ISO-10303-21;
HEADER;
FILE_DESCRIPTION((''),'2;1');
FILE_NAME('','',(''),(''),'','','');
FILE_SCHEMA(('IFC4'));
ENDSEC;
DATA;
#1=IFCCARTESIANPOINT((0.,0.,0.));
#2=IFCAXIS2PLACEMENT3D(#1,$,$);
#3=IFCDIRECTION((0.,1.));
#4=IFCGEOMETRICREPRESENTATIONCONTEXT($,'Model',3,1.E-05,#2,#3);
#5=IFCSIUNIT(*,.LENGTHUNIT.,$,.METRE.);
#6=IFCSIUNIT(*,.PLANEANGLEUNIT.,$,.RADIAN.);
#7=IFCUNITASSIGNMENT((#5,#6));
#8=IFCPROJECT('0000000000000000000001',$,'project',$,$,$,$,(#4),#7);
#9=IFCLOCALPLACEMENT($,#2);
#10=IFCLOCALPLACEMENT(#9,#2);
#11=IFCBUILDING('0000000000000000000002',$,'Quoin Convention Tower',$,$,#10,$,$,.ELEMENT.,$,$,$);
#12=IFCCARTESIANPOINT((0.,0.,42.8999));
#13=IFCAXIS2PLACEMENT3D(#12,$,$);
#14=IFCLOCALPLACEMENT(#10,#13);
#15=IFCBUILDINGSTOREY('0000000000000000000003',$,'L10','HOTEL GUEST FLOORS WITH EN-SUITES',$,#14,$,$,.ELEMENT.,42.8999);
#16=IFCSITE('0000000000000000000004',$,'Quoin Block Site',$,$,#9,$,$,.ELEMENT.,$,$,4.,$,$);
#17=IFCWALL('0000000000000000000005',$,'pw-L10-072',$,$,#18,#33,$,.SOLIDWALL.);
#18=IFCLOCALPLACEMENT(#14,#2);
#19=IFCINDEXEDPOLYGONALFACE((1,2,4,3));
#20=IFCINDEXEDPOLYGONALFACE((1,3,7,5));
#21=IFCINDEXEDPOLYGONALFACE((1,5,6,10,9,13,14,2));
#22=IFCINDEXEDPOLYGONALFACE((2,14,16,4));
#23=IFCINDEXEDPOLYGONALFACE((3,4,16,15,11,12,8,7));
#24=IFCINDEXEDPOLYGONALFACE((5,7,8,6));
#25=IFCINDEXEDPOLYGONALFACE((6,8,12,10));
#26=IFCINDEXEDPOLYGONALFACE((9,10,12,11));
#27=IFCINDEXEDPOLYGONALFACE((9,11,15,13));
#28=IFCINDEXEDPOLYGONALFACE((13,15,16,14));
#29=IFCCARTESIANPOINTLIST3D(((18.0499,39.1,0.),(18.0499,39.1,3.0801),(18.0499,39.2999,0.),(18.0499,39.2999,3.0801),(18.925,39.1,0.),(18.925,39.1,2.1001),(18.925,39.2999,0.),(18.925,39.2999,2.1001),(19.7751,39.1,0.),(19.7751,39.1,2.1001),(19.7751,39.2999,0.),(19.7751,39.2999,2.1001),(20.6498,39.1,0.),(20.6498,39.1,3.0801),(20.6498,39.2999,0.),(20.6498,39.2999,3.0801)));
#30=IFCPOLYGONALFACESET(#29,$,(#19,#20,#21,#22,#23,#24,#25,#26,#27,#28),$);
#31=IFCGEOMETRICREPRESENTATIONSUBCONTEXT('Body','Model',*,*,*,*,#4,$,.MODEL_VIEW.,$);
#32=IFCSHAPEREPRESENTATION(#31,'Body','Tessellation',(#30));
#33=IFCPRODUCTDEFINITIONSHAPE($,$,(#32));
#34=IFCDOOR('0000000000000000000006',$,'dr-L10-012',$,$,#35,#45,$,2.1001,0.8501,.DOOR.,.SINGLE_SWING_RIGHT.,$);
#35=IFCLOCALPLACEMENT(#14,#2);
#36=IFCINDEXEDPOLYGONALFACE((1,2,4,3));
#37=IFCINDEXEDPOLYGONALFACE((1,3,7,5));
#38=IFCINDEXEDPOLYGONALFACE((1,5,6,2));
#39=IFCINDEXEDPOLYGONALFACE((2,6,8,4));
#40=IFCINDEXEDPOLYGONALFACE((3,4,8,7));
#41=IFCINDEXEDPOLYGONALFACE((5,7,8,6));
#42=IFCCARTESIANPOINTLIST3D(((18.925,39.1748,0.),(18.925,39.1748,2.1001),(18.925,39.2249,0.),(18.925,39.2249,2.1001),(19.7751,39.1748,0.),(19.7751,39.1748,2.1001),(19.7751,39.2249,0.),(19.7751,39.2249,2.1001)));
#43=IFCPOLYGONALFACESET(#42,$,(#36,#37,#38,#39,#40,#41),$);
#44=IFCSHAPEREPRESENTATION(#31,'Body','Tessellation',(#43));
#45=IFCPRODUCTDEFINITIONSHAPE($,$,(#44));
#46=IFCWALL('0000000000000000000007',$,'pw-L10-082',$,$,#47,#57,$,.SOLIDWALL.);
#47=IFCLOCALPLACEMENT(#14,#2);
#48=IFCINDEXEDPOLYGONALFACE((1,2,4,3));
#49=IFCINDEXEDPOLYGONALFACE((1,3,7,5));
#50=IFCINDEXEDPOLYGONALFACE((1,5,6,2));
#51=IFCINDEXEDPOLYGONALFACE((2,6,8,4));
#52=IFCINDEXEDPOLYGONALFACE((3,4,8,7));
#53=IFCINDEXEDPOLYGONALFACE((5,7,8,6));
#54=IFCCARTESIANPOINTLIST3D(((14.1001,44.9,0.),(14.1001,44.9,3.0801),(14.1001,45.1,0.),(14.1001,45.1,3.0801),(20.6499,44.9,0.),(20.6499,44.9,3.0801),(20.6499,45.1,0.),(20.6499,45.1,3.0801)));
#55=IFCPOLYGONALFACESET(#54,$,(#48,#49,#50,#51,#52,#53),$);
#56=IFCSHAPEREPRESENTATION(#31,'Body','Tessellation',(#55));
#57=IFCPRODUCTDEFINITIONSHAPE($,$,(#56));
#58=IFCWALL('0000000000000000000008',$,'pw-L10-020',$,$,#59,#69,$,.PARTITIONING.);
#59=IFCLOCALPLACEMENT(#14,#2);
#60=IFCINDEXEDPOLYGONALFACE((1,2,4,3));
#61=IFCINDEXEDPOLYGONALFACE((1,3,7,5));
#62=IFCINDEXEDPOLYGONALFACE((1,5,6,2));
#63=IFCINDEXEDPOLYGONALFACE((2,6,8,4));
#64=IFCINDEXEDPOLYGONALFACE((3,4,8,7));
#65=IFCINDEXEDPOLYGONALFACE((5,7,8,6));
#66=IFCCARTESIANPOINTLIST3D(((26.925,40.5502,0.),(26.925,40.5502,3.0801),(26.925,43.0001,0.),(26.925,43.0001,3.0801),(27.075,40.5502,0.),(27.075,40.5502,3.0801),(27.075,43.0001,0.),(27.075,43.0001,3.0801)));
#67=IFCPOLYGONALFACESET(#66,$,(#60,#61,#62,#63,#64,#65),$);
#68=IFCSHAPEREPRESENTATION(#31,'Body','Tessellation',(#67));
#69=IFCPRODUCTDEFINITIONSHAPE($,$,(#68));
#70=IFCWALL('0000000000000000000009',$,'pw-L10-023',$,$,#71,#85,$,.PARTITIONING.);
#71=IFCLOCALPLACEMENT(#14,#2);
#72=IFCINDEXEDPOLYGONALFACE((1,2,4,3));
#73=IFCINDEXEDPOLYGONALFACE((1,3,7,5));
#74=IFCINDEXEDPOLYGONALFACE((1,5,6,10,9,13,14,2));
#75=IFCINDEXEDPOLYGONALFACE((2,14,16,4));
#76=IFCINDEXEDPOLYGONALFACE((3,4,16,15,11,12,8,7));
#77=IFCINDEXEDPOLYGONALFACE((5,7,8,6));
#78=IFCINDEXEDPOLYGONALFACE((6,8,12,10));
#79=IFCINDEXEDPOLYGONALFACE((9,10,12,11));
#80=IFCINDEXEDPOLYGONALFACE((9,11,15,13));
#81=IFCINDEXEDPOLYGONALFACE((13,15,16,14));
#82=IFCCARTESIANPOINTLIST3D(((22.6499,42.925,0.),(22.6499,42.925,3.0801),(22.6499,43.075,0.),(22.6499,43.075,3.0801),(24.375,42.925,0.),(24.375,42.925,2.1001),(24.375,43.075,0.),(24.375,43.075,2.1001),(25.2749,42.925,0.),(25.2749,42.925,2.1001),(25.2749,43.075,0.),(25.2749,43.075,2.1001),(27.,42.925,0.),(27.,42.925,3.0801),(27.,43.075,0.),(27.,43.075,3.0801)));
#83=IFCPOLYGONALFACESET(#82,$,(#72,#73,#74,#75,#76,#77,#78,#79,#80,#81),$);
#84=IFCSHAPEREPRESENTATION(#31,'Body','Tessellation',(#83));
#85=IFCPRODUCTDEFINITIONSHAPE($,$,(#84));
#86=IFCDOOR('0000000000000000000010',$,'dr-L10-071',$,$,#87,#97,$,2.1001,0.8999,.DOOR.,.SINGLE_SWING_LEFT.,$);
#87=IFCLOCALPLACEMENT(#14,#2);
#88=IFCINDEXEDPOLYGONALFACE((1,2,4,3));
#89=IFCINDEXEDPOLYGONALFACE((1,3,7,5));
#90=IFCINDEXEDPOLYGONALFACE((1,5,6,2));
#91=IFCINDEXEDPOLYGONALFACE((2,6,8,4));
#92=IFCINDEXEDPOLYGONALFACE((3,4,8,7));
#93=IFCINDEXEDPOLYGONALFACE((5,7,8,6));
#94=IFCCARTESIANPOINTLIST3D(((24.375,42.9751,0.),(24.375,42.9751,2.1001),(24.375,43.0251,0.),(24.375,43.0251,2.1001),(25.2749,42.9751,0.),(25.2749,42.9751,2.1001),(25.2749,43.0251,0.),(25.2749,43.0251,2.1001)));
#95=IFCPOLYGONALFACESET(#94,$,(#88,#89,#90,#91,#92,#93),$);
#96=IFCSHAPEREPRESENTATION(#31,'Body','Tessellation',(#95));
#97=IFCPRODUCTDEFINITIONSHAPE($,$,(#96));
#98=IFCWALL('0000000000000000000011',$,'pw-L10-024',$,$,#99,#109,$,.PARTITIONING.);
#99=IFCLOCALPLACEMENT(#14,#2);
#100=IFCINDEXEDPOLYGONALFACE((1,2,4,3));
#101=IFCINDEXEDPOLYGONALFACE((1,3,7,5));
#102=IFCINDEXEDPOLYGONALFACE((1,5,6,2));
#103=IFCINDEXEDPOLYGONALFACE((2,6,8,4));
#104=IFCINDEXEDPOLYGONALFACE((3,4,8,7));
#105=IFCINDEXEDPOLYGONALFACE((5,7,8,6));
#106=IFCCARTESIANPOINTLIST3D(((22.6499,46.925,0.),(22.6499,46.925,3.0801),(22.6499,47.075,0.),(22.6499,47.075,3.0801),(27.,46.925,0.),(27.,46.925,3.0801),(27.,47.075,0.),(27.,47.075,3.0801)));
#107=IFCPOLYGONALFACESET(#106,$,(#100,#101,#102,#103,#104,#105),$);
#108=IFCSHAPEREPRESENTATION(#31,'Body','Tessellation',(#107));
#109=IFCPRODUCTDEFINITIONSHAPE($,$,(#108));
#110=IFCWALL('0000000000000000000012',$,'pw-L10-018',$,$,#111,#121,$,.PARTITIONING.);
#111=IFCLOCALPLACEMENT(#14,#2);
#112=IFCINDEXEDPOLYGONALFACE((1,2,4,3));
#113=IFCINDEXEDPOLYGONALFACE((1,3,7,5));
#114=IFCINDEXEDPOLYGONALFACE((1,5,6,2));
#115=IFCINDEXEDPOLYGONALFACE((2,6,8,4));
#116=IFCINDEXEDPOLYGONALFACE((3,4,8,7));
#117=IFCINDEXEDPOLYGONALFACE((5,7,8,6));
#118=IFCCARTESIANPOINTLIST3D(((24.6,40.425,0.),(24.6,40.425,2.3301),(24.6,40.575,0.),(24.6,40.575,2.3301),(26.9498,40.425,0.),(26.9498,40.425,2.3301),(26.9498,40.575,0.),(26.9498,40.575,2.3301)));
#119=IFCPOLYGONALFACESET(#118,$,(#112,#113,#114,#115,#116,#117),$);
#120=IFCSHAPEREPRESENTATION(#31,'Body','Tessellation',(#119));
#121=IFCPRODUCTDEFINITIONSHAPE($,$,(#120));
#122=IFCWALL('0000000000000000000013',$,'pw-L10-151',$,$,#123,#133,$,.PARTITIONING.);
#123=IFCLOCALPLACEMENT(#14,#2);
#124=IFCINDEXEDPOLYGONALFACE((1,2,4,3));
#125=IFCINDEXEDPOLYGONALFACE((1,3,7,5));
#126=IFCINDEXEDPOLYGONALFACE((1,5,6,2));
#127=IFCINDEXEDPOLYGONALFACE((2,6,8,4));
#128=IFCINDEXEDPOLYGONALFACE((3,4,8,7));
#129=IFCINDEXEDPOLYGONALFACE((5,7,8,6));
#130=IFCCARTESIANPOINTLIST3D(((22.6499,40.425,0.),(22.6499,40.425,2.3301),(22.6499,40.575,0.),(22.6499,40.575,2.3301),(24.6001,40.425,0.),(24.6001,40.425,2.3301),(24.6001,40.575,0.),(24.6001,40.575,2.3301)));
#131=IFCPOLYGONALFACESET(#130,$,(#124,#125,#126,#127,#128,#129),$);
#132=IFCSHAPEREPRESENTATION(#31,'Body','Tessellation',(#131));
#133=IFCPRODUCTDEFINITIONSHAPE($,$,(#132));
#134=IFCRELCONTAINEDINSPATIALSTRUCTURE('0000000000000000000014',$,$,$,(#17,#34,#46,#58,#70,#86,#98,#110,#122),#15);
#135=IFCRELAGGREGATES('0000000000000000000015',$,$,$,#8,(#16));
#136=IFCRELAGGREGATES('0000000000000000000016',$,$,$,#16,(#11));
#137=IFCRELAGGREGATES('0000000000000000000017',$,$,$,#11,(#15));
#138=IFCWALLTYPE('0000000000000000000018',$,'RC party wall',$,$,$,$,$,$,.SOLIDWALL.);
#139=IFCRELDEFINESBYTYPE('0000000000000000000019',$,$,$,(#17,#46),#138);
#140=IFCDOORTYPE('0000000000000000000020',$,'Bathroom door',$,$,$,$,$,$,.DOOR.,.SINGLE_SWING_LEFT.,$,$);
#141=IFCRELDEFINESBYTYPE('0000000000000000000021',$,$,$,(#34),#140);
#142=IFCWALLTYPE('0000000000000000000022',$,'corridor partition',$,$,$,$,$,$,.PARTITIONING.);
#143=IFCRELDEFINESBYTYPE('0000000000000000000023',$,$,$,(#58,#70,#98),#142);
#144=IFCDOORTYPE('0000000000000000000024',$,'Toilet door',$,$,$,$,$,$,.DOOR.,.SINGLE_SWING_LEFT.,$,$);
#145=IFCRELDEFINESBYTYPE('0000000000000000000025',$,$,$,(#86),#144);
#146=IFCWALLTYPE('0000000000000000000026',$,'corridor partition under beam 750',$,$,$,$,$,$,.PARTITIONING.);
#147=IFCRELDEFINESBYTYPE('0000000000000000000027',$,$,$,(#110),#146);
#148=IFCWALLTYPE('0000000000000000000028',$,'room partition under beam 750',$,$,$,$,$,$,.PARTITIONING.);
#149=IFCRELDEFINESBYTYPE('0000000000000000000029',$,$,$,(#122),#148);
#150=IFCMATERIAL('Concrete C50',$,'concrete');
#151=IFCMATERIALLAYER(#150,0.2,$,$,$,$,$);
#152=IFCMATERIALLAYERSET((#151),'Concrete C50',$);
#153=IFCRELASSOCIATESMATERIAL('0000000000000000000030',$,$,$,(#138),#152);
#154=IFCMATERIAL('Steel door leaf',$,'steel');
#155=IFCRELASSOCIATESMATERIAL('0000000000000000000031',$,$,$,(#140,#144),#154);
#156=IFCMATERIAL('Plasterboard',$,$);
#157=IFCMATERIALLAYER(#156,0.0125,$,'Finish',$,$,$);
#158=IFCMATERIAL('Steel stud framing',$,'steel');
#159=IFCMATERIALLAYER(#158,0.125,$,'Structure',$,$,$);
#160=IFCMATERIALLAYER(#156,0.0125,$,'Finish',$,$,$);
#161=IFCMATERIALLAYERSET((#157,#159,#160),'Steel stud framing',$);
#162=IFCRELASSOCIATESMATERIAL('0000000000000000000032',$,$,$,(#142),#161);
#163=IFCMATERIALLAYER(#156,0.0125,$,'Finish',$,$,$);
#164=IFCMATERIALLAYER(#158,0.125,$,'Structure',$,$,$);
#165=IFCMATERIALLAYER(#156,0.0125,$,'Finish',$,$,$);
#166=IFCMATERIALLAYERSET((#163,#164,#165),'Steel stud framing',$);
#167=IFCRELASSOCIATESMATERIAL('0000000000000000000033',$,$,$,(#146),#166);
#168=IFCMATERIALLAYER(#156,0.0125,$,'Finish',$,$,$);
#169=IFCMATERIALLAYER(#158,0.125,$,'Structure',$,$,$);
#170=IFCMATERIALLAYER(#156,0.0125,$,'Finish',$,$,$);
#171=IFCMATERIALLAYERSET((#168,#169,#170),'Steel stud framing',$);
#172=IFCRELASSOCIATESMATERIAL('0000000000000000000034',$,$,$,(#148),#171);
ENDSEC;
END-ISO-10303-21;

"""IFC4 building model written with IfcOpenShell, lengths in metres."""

from ifc_helpers import new_model, si_unit, direction, frame, frame_2d, origin, place, context, subcontext, project, spatial, rectangle, extrude, material, layer, layer_set, type_object, element, fill, save


model = new_model("IFC4")

# Units and contexts
model_context = context("Model", 3, precision=1e-05, world=origin(), true_north=direction((0.0, 1.0)))
body_context = subcontext(model_context, "Body", "Model", "MODEL_VIEW")
ifc_project = project(units=[si_unit("LENGTHUNIT", "METRE"), si_unit("PLANEANGLEUNIT", "RADIAN")], contexts=[model_context])

# Site, building, storey
site_placement = place(None, origin())
site = spatial("IfcSite", under=ifc_project, at=site_placement, Name="Quoin Block Site", CompositionType="ELEMENT", RefElevation=4.0)
building_placement = place(site_placement, origin())
building = spatial("IfcBuilding", under=site, at=building_placement, Name="Quoin Convention Tower", CompositionType="ELEMENT")
storey_placement = place(building_placement, frame((0.0, 0.0, 42.8999)))
storey = spatial("IfcBuildingStorey", under=building, at=storey_placement, Name="L10", Description="HOTEL GUEST FLOORS WITH EN-SUITES", CompositionType="ELEMENT", Elevation=42.8999)

# Shared definitions
ifc_material_1 = material(Name="Steel door leaf", Category="steel")
ifc_material_2 = material(Name="Concrete C50", Category="concrete")
ifc_layer_1 = layer(ifc_material_2, 0.2)
ifc_layer_set_1 = layer_set([ifc_layer_1], Name="Concrete C50")
wall_type_1 = type_object("IfcWallType", Name="RC party wall", PredefinedType="SOLIDWALL", material=ifc_layer_set_1)
door_type_1 = type_object("IfcDoorType", Name="Bathroom door", OperationType="SINGLE_SWING_LEFT", PredefinedType="DOOR", material=ifc_material_1)

# Wall, opening, door
wall_1_placement = place(storey_placement, frame((18.05, 39.2, 0.0), z_axis=(0.0, 0.0, 1.0), x_axis=(1.0, 0.0, 0.0)))
wall_1 = element("IfcWall", 1, at=wall_1_placement, inside=storey, type_object=wall_type_1, Name="pw-L10-072", PredefinedType="SOLIDWALL", context=body_context, shape_type="SweptSolid", body=[
    extrude(rectangle(XDim=2.5999, YDim=0.2, at=frame_2d((1.2998, 0.0))), origin(), (0.0, 0.0, 1.0), 3.0801),
])
opening_1_placement = place(wall_1_placement, frame((0.875, 0.0, 0.0)))
opening_1 = element("IfcOpeningElement", 2, at=opening_1_placement, cuts=wall_1, PredefinedType="OPENING", context=body_context, shape_type="SweptSolid", body=[
    extrude(rectangle(XDim=0.8501, YDim=2.1001, at=frame_2d((0.425, 1.05))), frame((0.0, 0.1099, 0.0), z_axis=(0.0, -1.0, 0.0), x_axis=(1.0, 0.0, 0.0)), (0.0, 0.0, 1.0), 0.22),
])
door_1_placement = place(opening_1_placement, origin())
door_1 = element("IfcDoor", 3, at=door_1_placement, inside=storey, type_object=door_type_1, Name="dr-L10-012", OperationType="SINGLE_SWING_RIGHT", OverallHeight=2.1001, OverallWidth=0.8501, PredefinedType="DOOR", context=body_context, shape_type="SweptSolid", body=[
    extrude(rectangle(XDim=0.8501, YDim=2.1001, at=frame_2d((0.425, 1.05))), frame((0.0, 0.0249, 0.0), z_axis=(0.0, -1.0, 0.0), x_axis=(1.0, 0.0, 0.0)), (0.0, 0.0, 1.0), 0.05),
])
fill(opening_1, door_1)

# Walls
wall_2_placement = place(storey_placement, frame((14.1001, 45.0, 0.0), z_axis=(0.0, 0.0, 1.0), x_axis=(1.0, 0.0, 0.0)))
element("IfcWall", 4, at=wall_2_placement, inside=storey, type_object=wall_type_1, Name="pw-L10-082", PredefinedType="SOLIDWALL", context=body_context, shape_type="SweptSolid", body=[
    extrude(rectangle(XDim=6.5498, YDim=0.2, at=frame_2d((3.2749, 0.0))), origin(), (0.0, 0.0, 1.0), 3.0801),
])
ifc_material_3 = material(Name="Plasterboard")
ifc_layer_2 = layer(ifc_material_3, 0.0125, Name="Finish")
ifc_material_4 = material(Name="Steel stud framing", Category="steel")
ifc_layer_3 = layer(ifc_material_4, 0.125, Name="Structure")
ifc_layer_4 = layer(ifc_material_3, 0.0125, Name="Finish")
ifc_layer_set_2 = layer_set([ifc_layer_2, ifc_layer_3, ifc_layer_4], Name="Steel stud framing")
wall_type_2 = type_object("IfcWallType", Name="corridor partition", PredefinedType="PARTITIONING", material=ifc_layer_set_2)
wall_3_placement = place(storey_placement, frame((27.0, 40.55, 0.0), z_axis=(0.0, 0.0, 1.0), x_axis=(0.0, 1.0, 0.0)))
element("IfcWall", 5, at=wall_3_placement, inside=storey, type_object=wall_type_2, Name="pw-L10-020", PredefinedType="PARTITIONING", context=body_context, shape_type="SweptSolid", body=[
    extrude(rectangle(XDim=2.45, YDim=0.1499, at=frame_2d((1.2251, 0.0))), origin(), (0.0, 0.0, 1.0), 3.0801),
])

# Wall, opening, door
wall_4_placement = place(storey_placement, frame((22.6499, 43.0, 0.0), z_axis=(0.0, 0.0, 1.0), x_axis=(1.0, 0.0, 0.0)))
wall_4 = element("IfcWall", 6, at=wall_4_placement, inside=storey, type_object=wall_type_2, Name="pw-L10-023", PredefinedType="PARTITIONING", context=body_context, shape_type="SweptSolid", body=[
    extrude(rectangle(XDim=4.3501, YDim=0.1499, at=frame_2d((2.175, 0.0))), origin(), (0.0, 0.0, 1.0), 3.0801),
])
opening_2_placement = place(wall_4_placement, frame((1.7251, 0.0, 0.0)))
opening_2 = element("IfcOpeningElement", 7, at=opening_2_placement, cuts=wall_4, PredefinedType="OPENING", context=body_context, shape_type="SweptSolid", body=[
    extrude(rectangle(XDim=0.8999, YDim=2.1001, at=frame_2d((0.45, 1.05))), frame((0.0, 0.085, 0.0), z_axis=(0.0, -1.0, 0.0), x_axis=(1.0, 0.0, 0.0)), (0.0, 0.0, 1.0), 0.1699),
])
door_type_2 = type_object("IfcDoorType", Name="Toilet door", OperationType="SINGLE_SWING_LEFT", PredefinedType="DOOR", material=ifc_material_1)
door_2_placement = place(opening_2_placement, frame((0.8999, 0.0, 0.0), z_axis=(0.0, 0.0, 1.0), x_axis=(-1.0, 0.0, 0.0)))
door_2 = element("IfcDoor", 8, at=door_2_placement, inside=storey, type_object=door_type_2, Name="dr-L10-071", OperationType="SINGLE_SWING_LEFT", OverallHeight=2.1001, OverallWidth=0.8999, PredefinedType="DOOR", context=body_context, shape_type="SweptSolid", body=[
    extrude(rectangle(XDim=0.8999, YDim=2.1001, at=frame_2d((0.45, 1.05))), frame((0.0, 0.0249, 0.0), z_axis=(0.0, -1.0, 0.0), x_axis=(1.0, 0.0, 0.0)), (0.0, 0.0, 1.0), 0.05),
])
fill(opening_2, door_2)

# Walls
wall_5_placement = place(storey_placement, frame((22.6499, 47.0, 0.0), z_axis=(0.0, 0.0, 1.0), x_axis=(1.0, 0.0, 0.0)))
element("IfcWall", 9, at=wall_5_placement, inside=storey, type_object=wall_type_2, Name="pw-L10-024", PredefinedType="PARTITIONING", context=body_context, shape_type="SweptSolid", body=[
    extrude(rectangle(XDim=4.3501, YDim=0.1499, at=frame_2d((2.175, 0.0))), origin(), (0.0, 0.0, 1.0), 3.0801),
])
ifc_layer_5 = layer(ifc_material_3, 0.0125, Name="Finish")
ifc_layer_6 = layer(ifc_material_4, 0.125, Name="Structure")
ifc_layer_7 = layer(ifc_material_3, 0.0125, Name="Finish")
ifc_layer_set_3 = layer_set([ifc_layer_5, ifc_layer_6, ifc_layer_7], Name="Steel stud framing")
wall_type_3 = type_object("IfcWallType", Name="corridor partition under beam 750", PredefinedType="PARTITIONING", material=ifc_layer_set_3)
wall_6_placement = place(storey_placement, frame((24.6001, 40.5, 0.0), z_axis=(0.0, 0.0, 1.0), x_axis=(1.0, 0.0, 0.0)))
element("IfcWall", 10, at=wall_6_placement, inside=storey, type_object=wall_type_3, Name="pw-L10-018", PredefinedType="PARTITIONING", context=body_context, shape_type="SweptSolid", body=[
    extrude(rectangle(XDim=2.3499, YDim=0.1499, at=frame_2d((1.1748, 0.0))), origin(), (0.0, 0.0, 1.0), 2.3301),
])
ifc_layer_8 = layer(ifc_material_3, 0.0125, Name="Finish")
ifc_layer_9 = layer(ifc_material_4, 0.125, Name="Structure")
ifc_layer_10 = layer(ifc_material_3, 0.0125, Name="Finish")
ifc_layer_set_4 = layer_set([ifc_layer_8, ifc_layer_9, ifc_layer_10], Name="Steel stud framing")
wall_type_4 = type_object("IfcWallType", Name="room partition under beam 750", PredefinedType="PARTITIONING", material=ifc_layer_set_4)
wall_7_placement = place(storey_placement, frame((22.6499, 40.5, 0.0), z_axis=(0.0, 0.0, 1.0), x_axis=(1.0, 0.0, 0.0)))
element("IfcWall", 11, at=wall_7_placement, inside=storey, type_object=wall_type_4, Name="pw-L10-151", PredefinedType="PARTITIONING", context=body_context, shape_type="SweptSolid", body=[
    extrude(rectangle(XDim=1.9502, YDim=0.1499, at=frame_2d((0.9751, 0.0))), origin(), (0.0, 0.0, 1.0), 2.3301),
])

save(model, "model.ifc")
